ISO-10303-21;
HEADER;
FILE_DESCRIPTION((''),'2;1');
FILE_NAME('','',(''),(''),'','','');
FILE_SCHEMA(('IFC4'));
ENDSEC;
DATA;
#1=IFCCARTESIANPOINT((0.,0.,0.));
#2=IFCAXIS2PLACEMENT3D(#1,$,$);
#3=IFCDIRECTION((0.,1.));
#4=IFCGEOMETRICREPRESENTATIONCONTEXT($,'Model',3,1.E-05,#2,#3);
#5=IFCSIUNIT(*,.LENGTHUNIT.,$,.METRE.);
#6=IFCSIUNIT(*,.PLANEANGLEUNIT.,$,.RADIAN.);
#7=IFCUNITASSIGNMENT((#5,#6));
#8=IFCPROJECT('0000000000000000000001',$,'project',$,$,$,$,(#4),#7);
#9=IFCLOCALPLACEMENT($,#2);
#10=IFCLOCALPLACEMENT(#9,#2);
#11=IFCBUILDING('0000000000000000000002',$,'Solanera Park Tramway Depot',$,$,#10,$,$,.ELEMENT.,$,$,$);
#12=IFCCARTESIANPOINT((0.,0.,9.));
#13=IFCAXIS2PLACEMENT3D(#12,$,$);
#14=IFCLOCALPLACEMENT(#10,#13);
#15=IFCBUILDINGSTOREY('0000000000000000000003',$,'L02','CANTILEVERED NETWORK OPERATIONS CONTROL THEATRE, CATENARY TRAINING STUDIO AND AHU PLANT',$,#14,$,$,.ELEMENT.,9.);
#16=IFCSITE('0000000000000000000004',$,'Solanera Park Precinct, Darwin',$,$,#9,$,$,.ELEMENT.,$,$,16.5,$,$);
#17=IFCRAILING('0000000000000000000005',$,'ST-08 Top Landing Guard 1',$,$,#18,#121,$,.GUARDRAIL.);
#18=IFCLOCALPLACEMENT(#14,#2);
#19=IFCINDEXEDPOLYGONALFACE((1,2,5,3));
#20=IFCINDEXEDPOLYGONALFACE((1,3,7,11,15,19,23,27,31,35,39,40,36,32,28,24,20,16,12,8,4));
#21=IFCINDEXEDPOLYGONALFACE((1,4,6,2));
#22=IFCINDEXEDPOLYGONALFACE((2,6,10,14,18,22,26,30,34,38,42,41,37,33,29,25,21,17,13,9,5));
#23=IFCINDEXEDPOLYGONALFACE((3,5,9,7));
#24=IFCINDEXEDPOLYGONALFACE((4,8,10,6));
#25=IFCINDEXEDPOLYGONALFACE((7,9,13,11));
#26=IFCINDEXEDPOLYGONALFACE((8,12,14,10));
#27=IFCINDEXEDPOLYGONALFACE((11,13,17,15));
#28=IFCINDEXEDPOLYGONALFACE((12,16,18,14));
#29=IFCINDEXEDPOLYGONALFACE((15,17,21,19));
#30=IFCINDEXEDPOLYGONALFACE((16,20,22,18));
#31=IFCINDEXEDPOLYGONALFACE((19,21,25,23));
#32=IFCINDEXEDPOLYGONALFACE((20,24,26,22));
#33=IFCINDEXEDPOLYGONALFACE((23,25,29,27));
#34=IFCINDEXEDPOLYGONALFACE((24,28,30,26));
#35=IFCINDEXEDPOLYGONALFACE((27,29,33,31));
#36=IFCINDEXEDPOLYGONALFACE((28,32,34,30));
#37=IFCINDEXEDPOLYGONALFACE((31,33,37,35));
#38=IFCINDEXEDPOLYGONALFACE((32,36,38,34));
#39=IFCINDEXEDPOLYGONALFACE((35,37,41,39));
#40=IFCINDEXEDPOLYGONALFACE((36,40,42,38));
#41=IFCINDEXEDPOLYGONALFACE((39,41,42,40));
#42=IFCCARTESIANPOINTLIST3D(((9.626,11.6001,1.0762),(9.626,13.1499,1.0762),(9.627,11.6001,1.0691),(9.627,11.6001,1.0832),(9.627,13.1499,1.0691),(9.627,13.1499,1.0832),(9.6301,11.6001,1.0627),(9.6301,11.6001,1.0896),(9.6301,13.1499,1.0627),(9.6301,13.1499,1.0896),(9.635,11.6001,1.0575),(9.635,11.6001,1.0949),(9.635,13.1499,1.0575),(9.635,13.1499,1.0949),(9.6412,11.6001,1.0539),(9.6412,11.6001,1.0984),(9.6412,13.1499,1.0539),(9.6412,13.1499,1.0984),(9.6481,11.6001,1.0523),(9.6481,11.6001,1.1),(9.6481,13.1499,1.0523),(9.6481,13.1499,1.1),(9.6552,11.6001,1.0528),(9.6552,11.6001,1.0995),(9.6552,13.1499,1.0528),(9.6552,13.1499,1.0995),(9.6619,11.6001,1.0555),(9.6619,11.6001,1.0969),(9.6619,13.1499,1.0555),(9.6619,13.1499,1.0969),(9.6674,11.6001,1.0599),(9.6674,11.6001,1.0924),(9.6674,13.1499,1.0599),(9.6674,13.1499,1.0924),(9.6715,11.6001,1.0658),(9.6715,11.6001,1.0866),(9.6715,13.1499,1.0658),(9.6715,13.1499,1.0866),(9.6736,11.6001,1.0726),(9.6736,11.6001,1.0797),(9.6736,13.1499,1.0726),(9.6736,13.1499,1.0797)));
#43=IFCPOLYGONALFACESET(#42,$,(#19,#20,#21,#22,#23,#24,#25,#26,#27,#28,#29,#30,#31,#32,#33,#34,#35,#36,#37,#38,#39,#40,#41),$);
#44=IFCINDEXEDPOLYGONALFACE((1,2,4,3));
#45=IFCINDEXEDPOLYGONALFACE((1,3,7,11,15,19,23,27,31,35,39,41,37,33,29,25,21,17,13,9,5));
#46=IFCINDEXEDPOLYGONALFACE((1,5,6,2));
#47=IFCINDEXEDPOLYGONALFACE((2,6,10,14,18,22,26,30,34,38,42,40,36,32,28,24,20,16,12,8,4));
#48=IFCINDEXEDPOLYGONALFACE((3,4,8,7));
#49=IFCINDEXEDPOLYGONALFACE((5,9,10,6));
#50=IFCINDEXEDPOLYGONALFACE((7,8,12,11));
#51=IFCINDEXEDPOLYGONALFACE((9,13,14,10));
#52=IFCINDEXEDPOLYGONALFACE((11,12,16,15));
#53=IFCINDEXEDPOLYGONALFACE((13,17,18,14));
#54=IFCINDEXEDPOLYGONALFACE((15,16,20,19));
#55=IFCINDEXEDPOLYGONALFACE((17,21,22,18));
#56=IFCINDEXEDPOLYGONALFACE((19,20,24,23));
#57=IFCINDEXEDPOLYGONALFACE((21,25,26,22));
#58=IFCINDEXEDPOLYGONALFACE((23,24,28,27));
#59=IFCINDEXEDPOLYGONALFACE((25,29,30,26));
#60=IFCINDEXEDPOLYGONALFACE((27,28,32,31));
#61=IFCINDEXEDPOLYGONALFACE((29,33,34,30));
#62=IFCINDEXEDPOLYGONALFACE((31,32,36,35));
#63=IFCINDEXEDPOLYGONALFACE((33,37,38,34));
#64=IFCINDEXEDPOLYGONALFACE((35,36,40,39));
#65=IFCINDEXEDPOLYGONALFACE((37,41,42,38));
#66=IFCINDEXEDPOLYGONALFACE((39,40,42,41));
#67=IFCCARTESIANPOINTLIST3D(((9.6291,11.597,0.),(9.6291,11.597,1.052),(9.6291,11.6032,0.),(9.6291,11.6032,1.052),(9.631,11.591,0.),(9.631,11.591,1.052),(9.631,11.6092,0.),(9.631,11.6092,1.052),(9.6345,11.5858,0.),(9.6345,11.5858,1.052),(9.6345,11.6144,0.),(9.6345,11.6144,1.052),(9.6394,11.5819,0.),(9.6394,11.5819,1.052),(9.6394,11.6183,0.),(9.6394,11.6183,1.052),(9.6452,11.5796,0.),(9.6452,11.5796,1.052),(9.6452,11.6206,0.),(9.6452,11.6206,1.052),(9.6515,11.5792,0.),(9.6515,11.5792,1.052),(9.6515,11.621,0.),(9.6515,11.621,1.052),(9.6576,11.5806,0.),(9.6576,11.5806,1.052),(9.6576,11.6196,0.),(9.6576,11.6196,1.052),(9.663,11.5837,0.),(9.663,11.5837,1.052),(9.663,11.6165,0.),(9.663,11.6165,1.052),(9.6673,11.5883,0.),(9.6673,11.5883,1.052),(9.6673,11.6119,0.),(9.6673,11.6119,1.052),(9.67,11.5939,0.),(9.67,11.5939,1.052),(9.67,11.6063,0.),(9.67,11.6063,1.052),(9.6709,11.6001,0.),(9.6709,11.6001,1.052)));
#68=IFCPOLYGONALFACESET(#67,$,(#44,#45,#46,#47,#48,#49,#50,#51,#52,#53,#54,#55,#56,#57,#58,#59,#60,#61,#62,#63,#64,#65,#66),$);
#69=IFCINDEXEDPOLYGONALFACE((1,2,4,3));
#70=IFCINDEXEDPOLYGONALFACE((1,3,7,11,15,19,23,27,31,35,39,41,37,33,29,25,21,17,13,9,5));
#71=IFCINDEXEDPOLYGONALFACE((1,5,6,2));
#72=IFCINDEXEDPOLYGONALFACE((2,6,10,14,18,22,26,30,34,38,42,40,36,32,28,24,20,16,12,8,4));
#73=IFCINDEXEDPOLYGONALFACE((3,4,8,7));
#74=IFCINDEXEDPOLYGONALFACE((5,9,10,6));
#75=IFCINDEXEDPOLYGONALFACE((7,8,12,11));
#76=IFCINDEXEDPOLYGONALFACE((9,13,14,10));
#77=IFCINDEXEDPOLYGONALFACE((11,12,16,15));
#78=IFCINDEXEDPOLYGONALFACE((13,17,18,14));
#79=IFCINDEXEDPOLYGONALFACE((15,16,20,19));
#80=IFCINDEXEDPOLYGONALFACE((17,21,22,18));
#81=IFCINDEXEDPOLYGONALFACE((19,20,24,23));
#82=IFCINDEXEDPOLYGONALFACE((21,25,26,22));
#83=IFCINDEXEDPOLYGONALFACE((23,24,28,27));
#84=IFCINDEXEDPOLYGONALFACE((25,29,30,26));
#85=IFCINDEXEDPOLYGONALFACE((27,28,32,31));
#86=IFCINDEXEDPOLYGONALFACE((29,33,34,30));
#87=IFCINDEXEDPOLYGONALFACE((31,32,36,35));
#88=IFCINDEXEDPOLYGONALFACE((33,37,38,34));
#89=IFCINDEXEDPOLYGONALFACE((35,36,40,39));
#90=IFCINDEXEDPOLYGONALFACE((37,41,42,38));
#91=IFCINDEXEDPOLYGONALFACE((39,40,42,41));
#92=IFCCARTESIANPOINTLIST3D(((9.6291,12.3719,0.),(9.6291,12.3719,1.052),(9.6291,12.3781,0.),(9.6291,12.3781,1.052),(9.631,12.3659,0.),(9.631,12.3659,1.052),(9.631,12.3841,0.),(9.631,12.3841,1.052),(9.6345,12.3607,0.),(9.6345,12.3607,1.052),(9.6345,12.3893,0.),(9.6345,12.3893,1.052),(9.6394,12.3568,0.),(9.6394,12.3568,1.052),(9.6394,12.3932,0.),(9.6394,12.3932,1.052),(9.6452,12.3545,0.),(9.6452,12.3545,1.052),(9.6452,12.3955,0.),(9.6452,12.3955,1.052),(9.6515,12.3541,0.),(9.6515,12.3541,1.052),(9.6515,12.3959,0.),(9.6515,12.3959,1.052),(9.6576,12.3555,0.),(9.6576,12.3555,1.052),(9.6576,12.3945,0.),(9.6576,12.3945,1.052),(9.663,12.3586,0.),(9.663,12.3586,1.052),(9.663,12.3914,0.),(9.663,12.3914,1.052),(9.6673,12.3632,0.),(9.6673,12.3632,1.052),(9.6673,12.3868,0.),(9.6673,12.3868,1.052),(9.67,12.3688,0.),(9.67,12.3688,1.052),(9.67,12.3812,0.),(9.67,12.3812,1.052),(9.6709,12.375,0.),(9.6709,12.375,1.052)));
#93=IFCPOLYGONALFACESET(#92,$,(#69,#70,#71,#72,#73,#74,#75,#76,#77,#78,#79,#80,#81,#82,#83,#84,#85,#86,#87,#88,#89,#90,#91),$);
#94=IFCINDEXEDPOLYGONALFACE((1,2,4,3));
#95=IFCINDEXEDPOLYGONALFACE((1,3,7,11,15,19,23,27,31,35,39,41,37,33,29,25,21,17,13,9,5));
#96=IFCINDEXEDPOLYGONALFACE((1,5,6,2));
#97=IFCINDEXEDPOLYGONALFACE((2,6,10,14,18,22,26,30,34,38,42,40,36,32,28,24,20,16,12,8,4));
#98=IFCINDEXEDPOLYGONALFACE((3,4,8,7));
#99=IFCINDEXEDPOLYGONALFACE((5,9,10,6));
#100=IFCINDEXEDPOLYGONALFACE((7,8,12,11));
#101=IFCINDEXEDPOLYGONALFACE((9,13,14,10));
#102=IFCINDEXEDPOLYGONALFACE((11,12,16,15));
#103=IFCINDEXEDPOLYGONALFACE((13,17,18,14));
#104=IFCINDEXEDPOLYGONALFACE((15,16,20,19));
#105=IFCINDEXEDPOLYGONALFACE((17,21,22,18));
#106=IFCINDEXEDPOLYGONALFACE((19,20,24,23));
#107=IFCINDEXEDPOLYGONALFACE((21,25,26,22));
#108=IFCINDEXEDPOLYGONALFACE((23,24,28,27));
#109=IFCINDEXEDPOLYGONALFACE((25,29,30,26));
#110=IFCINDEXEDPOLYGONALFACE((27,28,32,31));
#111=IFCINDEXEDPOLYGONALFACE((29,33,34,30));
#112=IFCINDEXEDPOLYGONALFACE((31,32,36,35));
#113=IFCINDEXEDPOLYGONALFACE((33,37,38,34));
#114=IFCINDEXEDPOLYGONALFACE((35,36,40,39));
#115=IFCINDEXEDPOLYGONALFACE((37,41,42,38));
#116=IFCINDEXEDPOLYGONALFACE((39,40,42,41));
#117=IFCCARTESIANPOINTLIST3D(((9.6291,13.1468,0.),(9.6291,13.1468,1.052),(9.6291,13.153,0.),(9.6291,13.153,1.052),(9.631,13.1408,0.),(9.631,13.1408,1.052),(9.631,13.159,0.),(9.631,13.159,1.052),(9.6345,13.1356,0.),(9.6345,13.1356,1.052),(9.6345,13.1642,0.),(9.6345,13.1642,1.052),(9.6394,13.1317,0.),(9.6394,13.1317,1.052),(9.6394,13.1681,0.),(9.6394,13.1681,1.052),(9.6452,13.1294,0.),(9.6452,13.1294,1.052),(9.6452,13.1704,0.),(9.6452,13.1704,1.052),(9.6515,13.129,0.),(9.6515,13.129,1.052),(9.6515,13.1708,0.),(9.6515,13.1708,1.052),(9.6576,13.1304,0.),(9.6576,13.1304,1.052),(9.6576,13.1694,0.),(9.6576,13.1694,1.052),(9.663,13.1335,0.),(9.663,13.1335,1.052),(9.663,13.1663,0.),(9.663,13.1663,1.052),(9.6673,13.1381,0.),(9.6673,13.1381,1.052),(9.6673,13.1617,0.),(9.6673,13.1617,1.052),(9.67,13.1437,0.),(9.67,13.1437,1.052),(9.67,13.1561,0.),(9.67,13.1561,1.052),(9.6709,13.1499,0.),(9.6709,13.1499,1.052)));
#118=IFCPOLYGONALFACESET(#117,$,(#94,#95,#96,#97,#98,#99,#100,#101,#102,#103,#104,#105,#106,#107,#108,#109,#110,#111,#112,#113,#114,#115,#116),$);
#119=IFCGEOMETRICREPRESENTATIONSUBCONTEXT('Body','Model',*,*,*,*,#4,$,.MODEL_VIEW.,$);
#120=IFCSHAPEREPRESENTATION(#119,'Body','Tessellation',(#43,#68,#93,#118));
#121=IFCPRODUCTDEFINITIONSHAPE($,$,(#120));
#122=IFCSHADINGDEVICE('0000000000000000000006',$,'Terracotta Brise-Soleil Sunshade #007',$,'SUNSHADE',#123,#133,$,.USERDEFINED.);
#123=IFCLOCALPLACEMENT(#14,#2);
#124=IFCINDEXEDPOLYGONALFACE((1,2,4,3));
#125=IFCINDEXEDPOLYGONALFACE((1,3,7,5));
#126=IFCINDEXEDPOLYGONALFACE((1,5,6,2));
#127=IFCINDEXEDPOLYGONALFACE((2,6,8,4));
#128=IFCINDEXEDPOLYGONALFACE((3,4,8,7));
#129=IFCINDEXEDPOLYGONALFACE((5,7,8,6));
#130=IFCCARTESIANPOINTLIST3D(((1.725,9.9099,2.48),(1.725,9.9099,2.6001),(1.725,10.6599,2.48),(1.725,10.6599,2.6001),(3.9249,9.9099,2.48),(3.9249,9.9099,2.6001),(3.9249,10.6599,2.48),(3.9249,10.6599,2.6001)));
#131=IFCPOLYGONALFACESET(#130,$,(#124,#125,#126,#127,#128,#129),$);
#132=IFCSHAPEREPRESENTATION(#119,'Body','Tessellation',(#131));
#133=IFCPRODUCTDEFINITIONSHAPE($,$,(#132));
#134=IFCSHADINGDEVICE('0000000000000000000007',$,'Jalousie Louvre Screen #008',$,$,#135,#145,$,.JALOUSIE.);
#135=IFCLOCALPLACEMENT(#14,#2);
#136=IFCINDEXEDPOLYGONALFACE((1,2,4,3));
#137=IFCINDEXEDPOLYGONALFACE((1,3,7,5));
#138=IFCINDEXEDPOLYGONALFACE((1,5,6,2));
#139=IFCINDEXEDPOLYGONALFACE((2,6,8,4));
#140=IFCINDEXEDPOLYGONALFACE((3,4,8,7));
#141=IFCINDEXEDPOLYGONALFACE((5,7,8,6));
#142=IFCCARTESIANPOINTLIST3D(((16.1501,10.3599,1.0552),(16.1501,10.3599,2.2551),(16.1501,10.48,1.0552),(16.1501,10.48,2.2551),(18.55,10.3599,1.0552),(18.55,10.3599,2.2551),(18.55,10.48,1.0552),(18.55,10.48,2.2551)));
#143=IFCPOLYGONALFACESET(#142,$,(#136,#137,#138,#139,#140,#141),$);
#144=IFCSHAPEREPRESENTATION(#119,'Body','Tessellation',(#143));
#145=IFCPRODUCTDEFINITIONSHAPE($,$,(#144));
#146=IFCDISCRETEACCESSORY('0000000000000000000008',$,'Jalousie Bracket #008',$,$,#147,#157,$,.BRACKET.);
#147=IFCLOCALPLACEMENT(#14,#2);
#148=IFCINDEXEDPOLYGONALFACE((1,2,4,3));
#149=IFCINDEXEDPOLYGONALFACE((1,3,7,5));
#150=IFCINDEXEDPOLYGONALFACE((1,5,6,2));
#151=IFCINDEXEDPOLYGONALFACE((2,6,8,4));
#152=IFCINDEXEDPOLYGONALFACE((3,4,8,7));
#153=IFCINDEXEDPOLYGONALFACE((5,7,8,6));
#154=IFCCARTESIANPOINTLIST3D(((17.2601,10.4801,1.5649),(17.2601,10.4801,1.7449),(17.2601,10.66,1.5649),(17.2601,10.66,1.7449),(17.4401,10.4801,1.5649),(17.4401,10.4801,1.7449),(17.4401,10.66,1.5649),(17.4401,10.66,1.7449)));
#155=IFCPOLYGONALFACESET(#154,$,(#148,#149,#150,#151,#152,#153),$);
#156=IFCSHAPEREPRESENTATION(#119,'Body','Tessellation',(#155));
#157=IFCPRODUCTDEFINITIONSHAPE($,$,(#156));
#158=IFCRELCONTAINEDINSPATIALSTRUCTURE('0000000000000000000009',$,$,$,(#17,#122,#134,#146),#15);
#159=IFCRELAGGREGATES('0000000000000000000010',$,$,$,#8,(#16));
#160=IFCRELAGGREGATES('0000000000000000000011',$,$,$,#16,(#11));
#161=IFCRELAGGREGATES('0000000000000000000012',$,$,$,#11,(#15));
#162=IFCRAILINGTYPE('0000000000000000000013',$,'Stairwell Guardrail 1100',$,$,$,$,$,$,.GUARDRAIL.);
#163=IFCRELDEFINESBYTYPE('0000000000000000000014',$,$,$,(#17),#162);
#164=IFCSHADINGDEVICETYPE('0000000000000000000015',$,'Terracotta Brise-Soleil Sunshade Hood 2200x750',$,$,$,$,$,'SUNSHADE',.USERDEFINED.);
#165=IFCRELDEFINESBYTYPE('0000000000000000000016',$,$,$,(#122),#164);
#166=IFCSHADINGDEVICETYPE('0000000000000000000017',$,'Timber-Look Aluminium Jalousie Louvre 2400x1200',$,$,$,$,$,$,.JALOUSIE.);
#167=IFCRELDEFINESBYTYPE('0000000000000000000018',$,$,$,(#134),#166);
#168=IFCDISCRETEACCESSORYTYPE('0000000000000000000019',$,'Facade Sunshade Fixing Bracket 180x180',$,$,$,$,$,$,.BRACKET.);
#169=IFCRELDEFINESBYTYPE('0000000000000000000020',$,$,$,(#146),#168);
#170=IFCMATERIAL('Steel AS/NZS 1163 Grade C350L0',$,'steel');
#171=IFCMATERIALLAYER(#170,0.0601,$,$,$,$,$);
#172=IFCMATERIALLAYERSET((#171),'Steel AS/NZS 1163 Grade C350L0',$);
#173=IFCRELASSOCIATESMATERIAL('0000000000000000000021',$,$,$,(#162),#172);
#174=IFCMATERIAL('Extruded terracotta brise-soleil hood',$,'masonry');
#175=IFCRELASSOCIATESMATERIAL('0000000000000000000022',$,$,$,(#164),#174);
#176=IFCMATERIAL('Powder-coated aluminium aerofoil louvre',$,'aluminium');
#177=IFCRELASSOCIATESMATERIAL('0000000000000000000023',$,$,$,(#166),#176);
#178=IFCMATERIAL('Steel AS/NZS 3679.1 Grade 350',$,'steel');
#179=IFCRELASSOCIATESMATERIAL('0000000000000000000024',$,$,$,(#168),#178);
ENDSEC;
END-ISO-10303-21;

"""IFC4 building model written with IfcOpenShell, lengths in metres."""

from ifc_helpers import new_model, si_unit, direction, frame, origin, origin_2d, place, context, subcontext, project, spatial, rectangle, circle, extrude, material, layer, layer_set, type_object, element, save


model = new_model("IFC4")

# Units and contexts
model_context = context("Model", 3, precision=1e-05, world=origin(), true_north=direction((0.0, 1.0)))
body_context = subcontext(model_context, "Body", "Model", "MODEL_VIEW")
ifc_project = project(units=[si_unit("LENGTHUNIT", "METRE"), si_unit("PLANEANGLEUNIT", "RADIAN")], contexts=[model_context])

# Site, building, storey
site_placement = place(None, origin())
site = spatial("IfcSite", under=ifc_project, at=site_placement, Name="Solanera Park Precinct, Darwin", CompositionType="ELEMENT", RefElevation=16.5)
building_placement = place(site_placement, origin())
building = spatial("IfcBuilding", under=site, at=building_placement, Name="Solanera Park Tramway Depot", CompositionType="ELEMENT")
storey_placement = place(building_placement, frame((0.0, 0.0, 9.0)))
storey = spatial("IfcBuildingStorey", under=building, at=storey_placement, Name="L02", Description="CANTILEVERED NETWORK OPERATIONS CONTROL THEATRE, CATENARY TRAINING STUDIO AND AHU PLANT", CompositionType="ELEMENT", Elevation=9.0)

# Railing
ifc_material_1 = material(Name="Steel AS/NZS 1163 Grade C350L0", Category="steel")
ifc_layer_1 = layer(ifc_material_1, 0.0601)
ifc_layer_set_1 = layer_set([ifc_layer_1], Name="Steel AS/NZS 1163 Grade C350L0")
railing_type = type_object("IfcRailingType", Name="Stairwell Guardrail 1100", PredefinedType="GUARDRAIL", material=ifc_layer_set_1)
railing_placement = place(storey_placement, frame((9.6499, 11.6001, 0.0)))
element("IfcRailing", 1, at=railing_placement, inside=storey, type_object=railing_type, Name="ST-08 Top Landing Guard 1", PredefinedType="GUARDRAIL", context=body_context, shape_type="SweptSolid", body=[
    extrude(circle(Radius=0.0239, at=origin_2d()), frame((0.0, 0.0, 1.0762), z_axis=(0.0, 1.0, 0.0), x_axis=(-1.0, 0.0, 0.0)), (0.0, 0.0, 1.0), 1.5498),
    extrude(circle(Radius=0.021, at=origin_2d()), origin(), (0.0, 0.0, 1.0), 1.052),
    extrude(circle(Radius=0.021, at=origin_2d()), frame((0.0, 0.7749, 0.0)), (0.0, 0.0, 1.0), 1.052),
    extrude(circle(Radius=0.021, at=origin_2d()), frame((0.0, 1.5498, 0.0)), (0.0, 0.0, 1.0), 1.052),
])

# Shading devices
ifc_material_2 = material(Name="Extruded terracotta brise-soleil hood", Category="masonry")
shading_device_type_1 = type_object("IfcShadingDeviceType", Name="Terracotta Brise-Soleil Sunshade Hood 2200x750", ElementType="SUNSHADE", PredefinedType="USERDEFINED", material=ifc_material_2)
shading_device_1_placement = place(storey_placement, frame((2.825, 10.2849, 2.48), z_axis=(0.0, 0.0, 1.0), x_axis=(1.0, 0.0, 0.0)))
element("IfcShadingDevice", 2, at=shading_device_1_placement, inside=storey, type_object=shading_device_type_1, Name="Terracotta Brise-Soleil Sunshade #007", ObjectType="SUNSHADE", PredefinedType="USERDEFINED", context=body_context, shape_type="SweptSolid", body=[
    extrude(rectangle(XDim=2.2, YDim=0.75, at=origin_2d()), origin(), (0.0, 0.0, 1.0), 0.1201),
])
ifc_material_3 = material(Name="Powder-coated aluminium aerofoil louvre", Category="aluminium")
shading_device_type_2 = type_object("IfcShadingDeviceType", Name="Timber-Look Aluminium Jalousie Louvre 2400x1200", PredefinedType="JALOUSIE", material=ifc_material_3)
shading_device_2_placement = place(storey_placement, frame((17.3501, 10.4199, 1.0552), z_axis=(0.0, 0.0, 1.0), x_axis=(1.0, 0.0, 0.0)))
element("IfcShadingDevice", 3, at=shading_device_2_placement, inside=storey, type_object=shading_device_type_2, Name="Jalousie Louvre Screen #008", PredefinedType="JALOUSIE", context=body_context, shape_type="SweptSolid", body=[
    extrude(rectangle(XDim=2.3999, YDim=0.1201, at=origin_2d()), origin(), (0.0, 0.0, 1.0), 1.2),
])

# Discrete accessory
ifc_material_4 = material(Name="Steel AS/NZS 3679.1 Grade 350", Category="steel")
discrete_accessory_type = type_object("IfcDiscreteAccessoryType", Name="Facade Sunshade Fixing Bracket 180x180", PredefinedType="BRACKET", material=ifc_material_4)
discrete_accessory_placement = place(storey_placement, frame((17.3501, 10.5701, 1.5649), z_axis=(0.0, 0.0, 1.0), x_axis=(1.0, 0.0, 0.0)))
element("IfcDiscreteAccessory", 4, at=discrete_accessory_placement, inside=storey, type_object=discrete_accessory_type, Name="Jalousie Bracket #008", PredefinedType="BRACKET", context=body_context, shape_type="SweptSolid", body=[
    extrude(rectangle(XDim=0.1799, YDim=0.1799, at=origin_2d()), origin(), (0.0, 0.0, 1.0), 0.1799),
])

save(model, "model.ifc")
